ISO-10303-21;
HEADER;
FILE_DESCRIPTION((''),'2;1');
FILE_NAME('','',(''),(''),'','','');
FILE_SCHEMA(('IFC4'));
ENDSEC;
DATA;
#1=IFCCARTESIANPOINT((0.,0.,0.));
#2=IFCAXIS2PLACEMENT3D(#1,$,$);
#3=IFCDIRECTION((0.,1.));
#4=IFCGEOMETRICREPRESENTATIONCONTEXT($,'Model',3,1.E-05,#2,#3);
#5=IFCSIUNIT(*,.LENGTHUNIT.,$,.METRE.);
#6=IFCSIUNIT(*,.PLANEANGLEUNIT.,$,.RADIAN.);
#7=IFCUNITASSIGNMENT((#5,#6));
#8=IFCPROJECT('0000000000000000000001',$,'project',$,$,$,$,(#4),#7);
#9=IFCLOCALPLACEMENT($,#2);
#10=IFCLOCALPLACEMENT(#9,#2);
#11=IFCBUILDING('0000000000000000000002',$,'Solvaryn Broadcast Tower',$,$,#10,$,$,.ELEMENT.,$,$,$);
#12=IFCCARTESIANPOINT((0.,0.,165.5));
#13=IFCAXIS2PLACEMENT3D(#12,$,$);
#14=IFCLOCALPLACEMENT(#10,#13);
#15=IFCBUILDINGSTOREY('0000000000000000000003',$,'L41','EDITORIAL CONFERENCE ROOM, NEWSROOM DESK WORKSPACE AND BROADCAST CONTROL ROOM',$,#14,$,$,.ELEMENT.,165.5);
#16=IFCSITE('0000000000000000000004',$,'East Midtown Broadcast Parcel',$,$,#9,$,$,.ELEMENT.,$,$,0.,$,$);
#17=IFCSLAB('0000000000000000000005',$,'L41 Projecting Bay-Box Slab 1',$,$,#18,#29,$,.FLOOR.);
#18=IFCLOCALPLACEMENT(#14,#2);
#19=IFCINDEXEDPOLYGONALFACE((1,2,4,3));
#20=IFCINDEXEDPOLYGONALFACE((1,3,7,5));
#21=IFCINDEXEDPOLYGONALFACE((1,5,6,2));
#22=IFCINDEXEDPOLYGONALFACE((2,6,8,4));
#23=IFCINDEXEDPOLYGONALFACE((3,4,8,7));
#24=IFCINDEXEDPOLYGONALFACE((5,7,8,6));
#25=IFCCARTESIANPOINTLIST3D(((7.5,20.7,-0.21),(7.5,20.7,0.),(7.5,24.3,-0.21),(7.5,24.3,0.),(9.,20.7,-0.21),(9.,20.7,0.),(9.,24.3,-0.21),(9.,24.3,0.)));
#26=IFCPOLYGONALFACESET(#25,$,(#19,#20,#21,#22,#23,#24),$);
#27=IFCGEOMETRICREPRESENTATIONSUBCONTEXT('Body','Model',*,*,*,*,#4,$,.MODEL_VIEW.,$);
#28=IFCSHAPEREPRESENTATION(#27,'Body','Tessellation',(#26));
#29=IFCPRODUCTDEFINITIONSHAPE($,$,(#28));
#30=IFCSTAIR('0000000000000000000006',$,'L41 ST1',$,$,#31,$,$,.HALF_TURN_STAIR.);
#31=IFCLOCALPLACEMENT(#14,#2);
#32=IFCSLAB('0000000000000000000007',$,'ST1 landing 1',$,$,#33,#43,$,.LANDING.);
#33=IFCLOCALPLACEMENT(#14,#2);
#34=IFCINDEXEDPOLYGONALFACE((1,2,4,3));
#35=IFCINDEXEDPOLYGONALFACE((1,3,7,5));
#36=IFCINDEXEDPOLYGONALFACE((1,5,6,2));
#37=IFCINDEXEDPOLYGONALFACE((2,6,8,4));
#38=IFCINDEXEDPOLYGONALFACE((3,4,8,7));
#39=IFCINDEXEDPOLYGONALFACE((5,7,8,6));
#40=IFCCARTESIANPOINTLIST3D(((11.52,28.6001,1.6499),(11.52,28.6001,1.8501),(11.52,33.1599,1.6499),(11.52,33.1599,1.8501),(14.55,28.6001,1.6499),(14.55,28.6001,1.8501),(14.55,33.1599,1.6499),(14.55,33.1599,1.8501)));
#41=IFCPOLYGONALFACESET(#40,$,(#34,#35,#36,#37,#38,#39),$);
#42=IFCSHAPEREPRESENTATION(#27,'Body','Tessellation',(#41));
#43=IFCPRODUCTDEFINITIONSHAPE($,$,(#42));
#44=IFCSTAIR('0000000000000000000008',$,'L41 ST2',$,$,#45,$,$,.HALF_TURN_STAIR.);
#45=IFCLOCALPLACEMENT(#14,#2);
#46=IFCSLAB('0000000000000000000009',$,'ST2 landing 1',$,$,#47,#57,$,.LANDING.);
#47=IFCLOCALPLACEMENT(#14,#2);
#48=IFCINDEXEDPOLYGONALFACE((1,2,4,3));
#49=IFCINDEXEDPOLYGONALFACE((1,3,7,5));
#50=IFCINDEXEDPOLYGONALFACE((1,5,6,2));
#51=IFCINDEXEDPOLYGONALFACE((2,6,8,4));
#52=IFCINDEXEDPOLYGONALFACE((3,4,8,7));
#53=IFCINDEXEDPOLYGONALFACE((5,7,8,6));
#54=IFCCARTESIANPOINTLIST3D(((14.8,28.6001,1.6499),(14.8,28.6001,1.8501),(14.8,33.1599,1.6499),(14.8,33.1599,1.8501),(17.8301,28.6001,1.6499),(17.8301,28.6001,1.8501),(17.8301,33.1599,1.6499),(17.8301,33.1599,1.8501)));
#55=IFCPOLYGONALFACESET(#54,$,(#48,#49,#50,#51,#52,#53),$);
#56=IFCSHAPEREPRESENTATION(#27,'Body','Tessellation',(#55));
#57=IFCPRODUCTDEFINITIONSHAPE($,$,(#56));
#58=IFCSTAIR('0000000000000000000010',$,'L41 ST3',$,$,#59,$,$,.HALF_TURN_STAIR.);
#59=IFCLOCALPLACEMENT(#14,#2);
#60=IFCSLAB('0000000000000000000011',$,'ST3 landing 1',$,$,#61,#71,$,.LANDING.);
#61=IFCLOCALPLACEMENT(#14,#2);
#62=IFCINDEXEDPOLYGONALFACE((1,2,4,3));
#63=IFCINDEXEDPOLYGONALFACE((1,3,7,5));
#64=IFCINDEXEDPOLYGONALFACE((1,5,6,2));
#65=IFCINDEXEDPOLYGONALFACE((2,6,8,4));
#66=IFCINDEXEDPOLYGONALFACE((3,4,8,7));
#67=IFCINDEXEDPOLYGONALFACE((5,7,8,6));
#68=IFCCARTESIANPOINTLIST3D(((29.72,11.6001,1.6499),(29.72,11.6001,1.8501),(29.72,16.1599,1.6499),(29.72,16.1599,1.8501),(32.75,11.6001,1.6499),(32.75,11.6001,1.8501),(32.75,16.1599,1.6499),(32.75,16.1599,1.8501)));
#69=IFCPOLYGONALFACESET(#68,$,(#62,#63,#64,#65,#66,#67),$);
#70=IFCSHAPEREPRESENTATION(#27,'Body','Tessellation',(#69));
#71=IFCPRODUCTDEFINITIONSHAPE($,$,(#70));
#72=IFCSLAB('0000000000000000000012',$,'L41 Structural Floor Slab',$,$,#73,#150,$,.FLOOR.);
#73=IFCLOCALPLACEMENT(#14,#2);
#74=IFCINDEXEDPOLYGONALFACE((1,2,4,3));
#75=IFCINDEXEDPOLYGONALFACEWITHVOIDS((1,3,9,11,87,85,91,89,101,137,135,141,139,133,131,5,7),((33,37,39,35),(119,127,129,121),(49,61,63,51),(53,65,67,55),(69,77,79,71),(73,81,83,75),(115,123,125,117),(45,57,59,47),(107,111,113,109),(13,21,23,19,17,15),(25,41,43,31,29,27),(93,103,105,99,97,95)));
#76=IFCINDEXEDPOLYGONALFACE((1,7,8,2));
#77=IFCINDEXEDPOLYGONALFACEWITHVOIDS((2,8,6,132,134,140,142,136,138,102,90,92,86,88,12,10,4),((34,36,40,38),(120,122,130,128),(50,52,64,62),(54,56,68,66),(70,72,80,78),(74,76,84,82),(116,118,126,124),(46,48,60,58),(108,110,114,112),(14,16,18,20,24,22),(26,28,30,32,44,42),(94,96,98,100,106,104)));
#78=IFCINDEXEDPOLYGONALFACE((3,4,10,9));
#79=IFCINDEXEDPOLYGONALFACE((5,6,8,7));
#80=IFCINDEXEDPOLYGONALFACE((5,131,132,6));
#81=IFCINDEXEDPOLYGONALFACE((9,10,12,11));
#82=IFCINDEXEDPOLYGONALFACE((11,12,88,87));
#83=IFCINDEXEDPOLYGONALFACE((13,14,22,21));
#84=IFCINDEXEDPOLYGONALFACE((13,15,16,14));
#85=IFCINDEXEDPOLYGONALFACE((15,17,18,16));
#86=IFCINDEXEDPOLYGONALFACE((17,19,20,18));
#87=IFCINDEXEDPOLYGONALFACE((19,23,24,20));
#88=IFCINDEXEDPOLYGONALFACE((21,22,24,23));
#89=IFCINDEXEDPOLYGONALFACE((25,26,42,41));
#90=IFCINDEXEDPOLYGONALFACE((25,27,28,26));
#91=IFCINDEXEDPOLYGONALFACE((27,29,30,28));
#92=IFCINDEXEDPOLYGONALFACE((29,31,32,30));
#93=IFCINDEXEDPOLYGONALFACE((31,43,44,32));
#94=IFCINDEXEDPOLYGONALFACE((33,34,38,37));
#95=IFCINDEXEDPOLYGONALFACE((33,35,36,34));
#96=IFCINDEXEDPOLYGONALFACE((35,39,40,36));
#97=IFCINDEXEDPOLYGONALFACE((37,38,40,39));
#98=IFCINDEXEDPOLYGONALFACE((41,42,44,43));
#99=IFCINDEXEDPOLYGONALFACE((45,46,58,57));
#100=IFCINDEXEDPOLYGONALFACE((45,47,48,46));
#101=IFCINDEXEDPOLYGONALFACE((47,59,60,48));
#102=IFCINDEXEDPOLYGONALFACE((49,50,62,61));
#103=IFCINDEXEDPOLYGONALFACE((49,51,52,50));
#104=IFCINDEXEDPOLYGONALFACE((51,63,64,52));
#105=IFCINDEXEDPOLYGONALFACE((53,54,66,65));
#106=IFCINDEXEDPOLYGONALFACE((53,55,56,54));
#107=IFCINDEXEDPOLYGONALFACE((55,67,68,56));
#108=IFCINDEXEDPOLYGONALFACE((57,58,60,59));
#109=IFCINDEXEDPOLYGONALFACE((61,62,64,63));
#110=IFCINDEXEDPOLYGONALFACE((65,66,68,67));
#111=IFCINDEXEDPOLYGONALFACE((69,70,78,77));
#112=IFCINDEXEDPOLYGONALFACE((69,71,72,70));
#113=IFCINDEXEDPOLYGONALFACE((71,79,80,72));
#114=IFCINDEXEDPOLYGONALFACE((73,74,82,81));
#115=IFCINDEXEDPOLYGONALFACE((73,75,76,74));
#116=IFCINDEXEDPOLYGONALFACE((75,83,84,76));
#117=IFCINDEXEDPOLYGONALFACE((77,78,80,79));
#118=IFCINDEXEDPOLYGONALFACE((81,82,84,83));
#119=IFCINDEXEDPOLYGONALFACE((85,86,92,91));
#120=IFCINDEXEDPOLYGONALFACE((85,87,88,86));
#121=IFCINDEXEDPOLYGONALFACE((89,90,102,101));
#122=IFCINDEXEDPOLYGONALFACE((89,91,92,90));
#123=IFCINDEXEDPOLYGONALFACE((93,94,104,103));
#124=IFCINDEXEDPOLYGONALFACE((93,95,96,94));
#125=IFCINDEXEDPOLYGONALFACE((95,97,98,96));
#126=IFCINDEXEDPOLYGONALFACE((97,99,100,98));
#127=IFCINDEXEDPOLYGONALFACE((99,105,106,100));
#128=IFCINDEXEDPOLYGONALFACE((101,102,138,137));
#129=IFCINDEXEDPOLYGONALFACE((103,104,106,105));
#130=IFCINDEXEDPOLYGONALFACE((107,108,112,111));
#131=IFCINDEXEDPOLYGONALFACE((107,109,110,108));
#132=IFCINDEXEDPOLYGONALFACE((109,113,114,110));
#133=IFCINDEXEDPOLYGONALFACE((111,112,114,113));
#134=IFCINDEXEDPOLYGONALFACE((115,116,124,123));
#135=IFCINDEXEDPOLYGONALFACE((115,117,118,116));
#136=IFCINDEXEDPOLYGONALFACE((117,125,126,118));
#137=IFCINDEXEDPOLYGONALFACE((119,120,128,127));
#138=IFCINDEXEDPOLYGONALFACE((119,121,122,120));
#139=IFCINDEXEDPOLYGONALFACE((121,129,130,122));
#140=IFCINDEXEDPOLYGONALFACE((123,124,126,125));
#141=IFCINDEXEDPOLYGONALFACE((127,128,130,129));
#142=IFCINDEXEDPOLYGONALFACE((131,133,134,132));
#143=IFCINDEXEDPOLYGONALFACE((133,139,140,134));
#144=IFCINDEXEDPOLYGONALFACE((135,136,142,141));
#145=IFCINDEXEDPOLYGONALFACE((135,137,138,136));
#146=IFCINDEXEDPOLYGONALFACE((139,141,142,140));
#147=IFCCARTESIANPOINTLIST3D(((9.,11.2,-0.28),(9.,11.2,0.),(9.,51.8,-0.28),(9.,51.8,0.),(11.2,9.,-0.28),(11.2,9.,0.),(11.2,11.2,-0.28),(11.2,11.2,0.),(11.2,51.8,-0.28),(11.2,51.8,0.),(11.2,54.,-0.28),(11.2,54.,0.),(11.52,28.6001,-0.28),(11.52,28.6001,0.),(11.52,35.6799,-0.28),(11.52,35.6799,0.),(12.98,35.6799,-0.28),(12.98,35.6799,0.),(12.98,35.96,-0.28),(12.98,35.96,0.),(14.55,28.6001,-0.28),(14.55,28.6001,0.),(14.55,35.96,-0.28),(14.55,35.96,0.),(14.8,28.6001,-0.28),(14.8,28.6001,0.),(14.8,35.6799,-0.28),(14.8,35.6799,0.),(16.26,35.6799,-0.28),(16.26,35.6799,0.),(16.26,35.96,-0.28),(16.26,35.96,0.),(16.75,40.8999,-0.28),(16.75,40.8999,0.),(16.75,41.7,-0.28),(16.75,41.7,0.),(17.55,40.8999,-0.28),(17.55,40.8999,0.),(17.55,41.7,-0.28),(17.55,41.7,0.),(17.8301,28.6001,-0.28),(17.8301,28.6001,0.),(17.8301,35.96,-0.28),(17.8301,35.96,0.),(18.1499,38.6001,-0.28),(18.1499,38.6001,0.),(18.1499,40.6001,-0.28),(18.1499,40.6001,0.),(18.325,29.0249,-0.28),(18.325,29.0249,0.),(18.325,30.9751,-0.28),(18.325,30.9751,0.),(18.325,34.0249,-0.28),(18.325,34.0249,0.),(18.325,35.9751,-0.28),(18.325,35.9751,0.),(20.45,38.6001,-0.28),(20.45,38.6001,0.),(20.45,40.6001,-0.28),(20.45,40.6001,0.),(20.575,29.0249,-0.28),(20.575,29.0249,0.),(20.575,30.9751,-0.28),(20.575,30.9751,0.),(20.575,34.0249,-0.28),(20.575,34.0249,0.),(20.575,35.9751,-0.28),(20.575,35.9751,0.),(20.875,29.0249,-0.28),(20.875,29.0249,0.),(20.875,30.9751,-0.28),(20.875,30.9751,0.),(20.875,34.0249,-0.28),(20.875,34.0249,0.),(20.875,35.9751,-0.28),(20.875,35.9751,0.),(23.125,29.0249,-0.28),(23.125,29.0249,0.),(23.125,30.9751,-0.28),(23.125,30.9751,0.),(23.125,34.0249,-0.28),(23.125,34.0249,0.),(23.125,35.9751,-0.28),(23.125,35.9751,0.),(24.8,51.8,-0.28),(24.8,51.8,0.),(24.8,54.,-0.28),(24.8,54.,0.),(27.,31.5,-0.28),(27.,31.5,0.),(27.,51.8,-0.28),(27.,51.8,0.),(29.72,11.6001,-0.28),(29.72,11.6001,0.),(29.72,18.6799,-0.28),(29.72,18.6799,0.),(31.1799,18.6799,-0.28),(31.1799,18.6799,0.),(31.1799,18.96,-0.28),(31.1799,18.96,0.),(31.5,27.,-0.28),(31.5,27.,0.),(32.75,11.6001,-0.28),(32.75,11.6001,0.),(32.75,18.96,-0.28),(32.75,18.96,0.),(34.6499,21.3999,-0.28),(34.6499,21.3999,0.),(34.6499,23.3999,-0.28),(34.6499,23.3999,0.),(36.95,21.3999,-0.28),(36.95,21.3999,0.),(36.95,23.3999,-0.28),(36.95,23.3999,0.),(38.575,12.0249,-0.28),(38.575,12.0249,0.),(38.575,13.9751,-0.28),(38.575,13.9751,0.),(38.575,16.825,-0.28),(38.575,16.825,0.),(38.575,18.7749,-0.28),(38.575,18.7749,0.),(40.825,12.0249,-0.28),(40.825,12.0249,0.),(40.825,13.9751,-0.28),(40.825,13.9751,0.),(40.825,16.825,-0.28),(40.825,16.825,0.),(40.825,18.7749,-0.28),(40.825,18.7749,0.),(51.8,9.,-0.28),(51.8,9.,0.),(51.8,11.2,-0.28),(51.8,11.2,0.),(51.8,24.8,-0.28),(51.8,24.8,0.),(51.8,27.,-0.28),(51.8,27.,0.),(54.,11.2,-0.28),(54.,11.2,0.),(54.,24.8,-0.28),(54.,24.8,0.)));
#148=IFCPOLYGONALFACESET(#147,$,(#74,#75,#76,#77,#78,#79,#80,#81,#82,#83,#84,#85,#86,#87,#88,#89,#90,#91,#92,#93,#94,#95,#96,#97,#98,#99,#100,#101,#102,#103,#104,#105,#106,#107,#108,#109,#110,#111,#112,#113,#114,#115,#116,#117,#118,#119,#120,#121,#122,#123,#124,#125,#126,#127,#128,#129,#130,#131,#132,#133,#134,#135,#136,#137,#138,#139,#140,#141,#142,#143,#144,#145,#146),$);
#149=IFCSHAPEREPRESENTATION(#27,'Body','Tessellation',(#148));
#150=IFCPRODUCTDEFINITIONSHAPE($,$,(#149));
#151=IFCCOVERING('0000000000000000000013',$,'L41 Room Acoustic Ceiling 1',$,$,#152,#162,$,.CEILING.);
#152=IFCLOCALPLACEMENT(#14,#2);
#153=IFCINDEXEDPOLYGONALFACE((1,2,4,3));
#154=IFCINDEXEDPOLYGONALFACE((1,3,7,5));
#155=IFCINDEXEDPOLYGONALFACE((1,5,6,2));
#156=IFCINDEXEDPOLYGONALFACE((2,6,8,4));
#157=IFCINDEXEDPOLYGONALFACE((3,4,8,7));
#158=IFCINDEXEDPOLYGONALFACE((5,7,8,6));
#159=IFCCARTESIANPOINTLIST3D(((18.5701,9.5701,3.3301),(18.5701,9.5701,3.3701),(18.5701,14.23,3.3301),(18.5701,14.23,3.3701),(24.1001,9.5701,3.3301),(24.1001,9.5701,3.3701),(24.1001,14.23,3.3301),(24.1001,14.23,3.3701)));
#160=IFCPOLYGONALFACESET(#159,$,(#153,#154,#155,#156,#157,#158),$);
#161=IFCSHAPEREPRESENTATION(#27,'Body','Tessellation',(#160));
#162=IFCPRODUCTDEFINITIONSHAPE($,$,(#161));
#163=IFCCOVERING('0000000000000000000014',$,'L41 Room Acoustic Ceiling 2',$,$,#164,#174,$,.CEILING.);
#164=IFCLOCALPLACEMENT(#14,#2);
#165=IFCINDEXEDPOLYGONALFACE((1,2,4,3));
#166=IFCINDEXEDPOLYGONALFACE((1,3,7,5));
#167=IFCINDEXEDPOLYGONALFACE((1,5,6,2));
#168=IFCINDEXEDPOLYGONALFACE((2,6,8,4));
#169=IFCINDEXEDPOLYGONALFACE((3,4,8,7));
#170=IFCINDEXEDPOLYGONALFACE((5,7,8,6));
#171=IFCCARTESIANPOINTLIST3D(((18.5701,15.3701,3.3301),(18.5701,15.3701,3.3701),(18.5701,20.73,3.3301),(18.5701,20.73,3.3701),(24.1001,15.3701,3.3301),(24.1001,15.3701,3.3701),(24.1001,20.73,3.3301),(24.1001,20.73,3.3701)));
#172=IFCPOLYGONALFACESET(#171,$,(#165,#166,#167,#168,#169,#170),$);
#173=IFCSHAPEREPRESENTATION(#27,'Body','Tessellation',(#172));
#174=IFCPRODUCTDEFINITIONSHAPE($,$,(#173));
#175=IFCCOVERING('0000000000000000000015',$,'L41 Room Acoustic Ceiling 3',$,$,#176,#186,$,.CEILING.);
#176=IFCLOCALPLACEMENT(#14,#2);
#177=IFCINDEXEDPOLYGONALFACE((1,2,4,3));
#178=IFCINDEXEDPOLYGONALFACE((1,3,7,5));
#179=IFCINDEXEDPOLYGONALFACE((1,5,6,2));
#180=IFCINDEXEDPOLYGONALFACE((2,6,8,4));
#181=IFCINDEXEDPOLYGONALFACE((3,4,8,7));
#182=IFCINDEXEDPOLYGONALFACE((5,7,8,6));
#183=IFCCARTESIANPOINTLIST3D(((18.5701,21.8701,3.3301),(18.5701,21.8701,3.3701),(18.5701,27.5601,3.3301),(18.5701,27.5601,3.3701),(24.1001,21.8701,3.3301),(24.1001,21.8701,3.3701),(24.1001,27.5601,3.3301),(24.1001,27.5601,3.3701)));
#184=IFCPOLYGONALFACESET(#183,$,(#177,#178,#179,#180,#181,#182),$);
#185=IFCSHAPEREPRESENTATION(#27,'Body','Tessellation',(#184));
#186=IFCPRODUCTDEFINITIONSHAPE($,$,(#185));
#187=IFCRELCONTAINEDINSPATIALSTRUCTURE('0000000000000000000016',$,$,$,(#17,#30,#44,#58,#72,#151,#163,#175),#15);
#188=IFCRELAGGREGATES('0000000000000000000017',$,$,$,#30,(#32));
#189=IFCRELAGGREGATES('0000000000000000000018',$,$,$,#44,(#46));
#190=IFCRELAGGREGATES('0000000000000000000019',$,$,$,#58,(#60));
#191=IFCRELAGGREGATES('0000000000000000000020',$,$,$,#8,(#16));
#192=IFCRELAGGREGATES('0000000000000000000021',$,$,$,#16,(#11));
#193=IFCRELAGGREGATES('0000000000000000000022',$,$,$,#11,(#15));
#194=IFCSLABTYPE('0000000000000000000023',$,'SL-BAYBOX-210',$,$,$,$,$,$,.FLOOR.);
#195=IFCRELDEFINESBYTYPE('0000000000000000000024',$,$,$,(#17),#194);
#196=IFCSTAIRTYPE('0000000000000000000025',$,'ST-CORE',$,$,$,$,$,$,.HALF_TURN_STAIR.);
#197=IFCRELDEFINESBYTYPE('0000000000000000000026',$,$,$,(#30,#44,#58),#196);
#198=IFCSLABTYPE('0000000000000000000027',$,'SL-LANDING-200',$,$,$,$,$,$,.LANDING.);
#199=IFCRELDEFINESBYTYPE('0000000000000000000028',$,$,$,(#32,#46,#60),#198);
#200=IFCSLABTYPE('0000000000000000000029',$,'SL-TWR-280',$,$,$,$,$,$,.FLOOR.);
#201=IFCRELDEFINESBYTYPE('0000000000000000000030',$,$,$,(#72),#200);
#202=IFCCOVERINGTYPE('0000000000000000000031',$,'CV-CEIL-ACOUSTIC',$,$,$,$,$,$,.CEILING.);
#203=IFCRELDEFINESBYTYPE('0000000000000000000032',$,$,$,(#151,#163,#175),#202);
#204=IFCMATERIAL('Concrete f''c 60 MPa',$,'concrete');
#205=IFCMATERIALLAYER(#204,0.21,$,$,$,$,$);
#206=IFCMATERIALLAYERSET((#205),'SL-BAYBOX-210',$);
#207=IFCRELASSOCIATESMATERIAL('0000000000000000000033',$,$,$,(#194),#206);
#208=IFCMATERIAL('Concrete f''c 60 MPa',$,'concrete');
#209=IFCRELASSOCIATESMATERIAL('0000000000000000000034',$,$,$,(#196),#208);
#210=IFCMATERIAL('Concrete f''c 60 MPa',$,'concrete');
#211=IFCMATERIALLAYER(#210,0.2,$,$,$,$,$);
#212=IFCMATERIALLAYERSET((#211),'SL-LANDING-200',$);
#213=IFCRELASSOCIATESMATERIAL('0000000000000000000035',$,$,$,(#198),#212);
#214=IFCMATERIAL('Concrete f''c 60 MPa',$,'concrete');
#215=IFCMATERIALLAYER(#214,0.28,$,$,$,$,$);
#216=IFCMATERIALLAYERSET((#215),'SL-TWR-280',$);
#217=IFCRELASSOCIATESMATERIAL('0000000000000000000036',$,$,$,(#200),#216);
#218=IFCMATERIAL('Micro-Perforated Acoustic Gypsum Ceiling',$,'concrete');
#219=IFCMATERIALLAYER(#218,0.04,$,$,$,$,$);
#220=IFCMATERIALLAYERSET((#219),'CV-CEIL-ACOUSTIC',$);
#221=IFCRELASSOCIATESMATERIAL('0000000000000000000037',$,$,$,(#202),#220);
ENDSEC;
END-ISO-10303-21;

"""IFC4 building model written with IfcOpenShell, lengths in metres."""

from ifc_helpers import new_model, si_unit, direction, frame, origin, place, context, subcontext, project, spatial, polyline, outline, extrude, material, layer, layer_set, type_object, element, aggregate, save


model = new_model("IFC4")

# Units and contexts
model_context = context("Model", 3, precision=1e-05, world=origin(), true_north=direction((0.0, 1.0)))
body_context = subcontext(model_context, "Body", "Model", "MODEL_VIEW")
ifc_project = project(units=[si_unit("LENGTHUNIT", "METRE"), si_unit("PLANEANGLEUNIT", "RADIAN")], contexts=[model_context])

# Site, building, storey
site_placement = place(None, origin())
site = spatial("IfcSite", under=ifc_project, at=site_placement, Name="East Midtown Broadcast Parcel", CompositionType="ELEMENT", RefElevation=0.0)
building_placement = place(site_placement, origin())
building = spatial("IfcBuilding", under=site, at=building_placement, Name="Solvaryn Broadcast Tower", CompositionType="ELEMENT")
storey_placement = place(building_placement, frame((0.0, 0.0, 165.5)))
storey = spatial("IfcBuildingStorey", under=building, at=storey_placement, Name="L41", Description="EDITORIAL CONFERENCE ROOM, NEWSROOM DESK WORKSPACE AND BROADCAST CONTROL ROOM", CompositionType="ELEMENT", Elevation=165.5)

# Slab
ifc_material_1 = material(Name="Concrete f'c 60 MPa", Category="concrete")
ifc_layer_1 = layer(ifc_material_1, 0.21)
ifc_layer_set_1 = layer_set([ifc_layer_1], Name="SL-BAYBOX-210")
slab_type_1 = type_object("IfcSlabType", Name="SL-BAYBOX-210", PredefinedType="FLOOR", material=ifc_layer_set_1)
slab_1_placement = place(storey_placement, frame((0.0, 0.0, -0.21)))
element("IfcSlab", 1, at=slab_1_placement, inside=storey, type_object=slab_type_1, Name="L41 Projecting Bay-Box Slab 1", PredefinedType="FLOOR", context=body_context, shape_type="SweptSolid", body=[
    extrude(outline(polyline([(7.5, 20.7), (9.0, 20.7), (9.0, 24.3), (7.5, 24.3), (7.5, 20.7)])), origin(), (0.0, 0.0, 1.0), 0.21),
])

# Stairs, slabs
ifc_material_2 = material(Name="Concrete f'c 60 MPa", Category="concrete")
stair_type = type_object("IfcStairType", Name="ST-CORE", PredefinedType="HALF_TURN_STAIR", material=ifc_material_2)
stair_1_placement = place(storey_placement, origin())
stair_1 = element("IfcStair", 2, at=stair_1_placement, inside=storey, type_object=stair_type, Name="L41 ST1", PredefinedType="HALF_TURN_STAIR")
ifc_material_3 = material(Name="Concrete f'c 60 MPa", Category="concrete")
ifc_layer_2 = layer(ifc_material_3, 0.2)
ifc_layer_set_2 = layer_set([ifc_layer_2], Name="SL-LANDING-200")
slab_type_2 = type_object("IfcSlabType", Name="SL-LANDING-200", PredefinedType="LANDING", material=ifc_layer_set_2)
slab_2_placement = place(storey_placement, frame((0.0, 0.0, 1.6499)))
slab_2 = element("IfcSlab", 3, at=slab_2_placement, type_object=slab_type_2, Name="ST1 landing 1", PredefinedType="LANDING", context=body_context, shape_type="SweptSolid", body=[
    extrude(outline(polyline([(11.52, 33.1599), (11.52, 28.6001), (14.55, 28.6001), (14.55, 33.1599), (11.52, 33.1599)])), origin(), (0.0, 0.0, 1.0), 0.2002),
])
aggregate(stair_1, [slab_2])
stair_2_placement = place(storey_placement, origin())
stair_2 = element("IfcStair", 4, at=stair_2_placement, inside=storey, type_object=stair_type, Name="L41 ST2", PredefinedType="HALF_TURN_STAIR")
slab_3_placement = place(storey_placement, frame((0.0, 0.0, 1.6499)))
slab_3 = element("IfcSlab", 5, at=slab_3_placement, type_object=slab_type_2, Name="ST2 landing 1", PredefinedType="LANDING", context=body_context, shape_type="SweptSolid", body=[
    extrude(outline(polyline([(14.8, 33.1599), (14.8, 28.6001), (17.8301, 28.6001), (17.8301, 33.1599), (14.8, 33.1599)])), origin(), (0.0, 0.0, 1.0), 0.2002),
])
aggregate(stair_2, [slab_3])
stair_3_placement = place(storey_placement, origin())
stair_3 = element("IfcStair", 6, at=stair_3_placement, inside=storey, type_object=stair_type, Name="L41 ST3", PredefinedType="HALF_TURN_STAIR")
slab_4_placement = place(storey_placement, frame((0.0, 0.0, 1.6499)))
slab_4 = element("IfcSlab", 7, at=slab_4_placement, type_object=slab_type_2, Name="ST3 landing 1", PredefinedType="LANDING", context=body_context, shape_type="SweptSolid", body=[
    extrude(outline(polyline([(29.72, 16.1599), (29.72, 11.6001), (32.75, 11.6001), (32.75, 16.1599), (29.72, 16.1599)])), origin(), (0.0, 0.0, 1.0), 0.2002),
])
aggregate(stair_3, [slab_4])

# Slab
ifc_material_4 = material(Name="Concrete f'c 60 MPa", Category="concrete")
ifc_layer_3 = layer(ifc_material_4, 0.28)
ifc_layer_set_3 = layer_set([ifc_layer_3], Name="SL-TWR-280")
slab_type_3 = type_object("IfcSlabType", Name="SL-TWR-280", PredefinedType="FLOOR", material=ifc_layer_set_3)
slab_5_placement = place(storey_placement, frame((0.0, 0.0, -0.28)))
element("IfcSlab", 8, at=slab_5_placement, inside=storey, type_object=slab_type_3, Name="L41 Structural Floor Slab", PredefinedType="FLOOR", context=body_context, shape_type="SweptSolid", body=[
    extrude(outline(polyline([(11.2, 9.0), (51.8, 9.0), (51.8, 11.2), (54.0, 11.2), (54.0, 24.8), (51.8, 24.8), (51.8, 27.0), (31.5, 27.0), (27.0, 31.5), (27.0, 51.8), (24.8, 51.8), (24.8, 54.0), (11.2, 54.0), (11.2, 51.8), (9.0, 51.8), (9.0, 11.2), (11.2, 11.2), (11.2, 9.0)]), holes=[polyline([(11.52, 28.6001), (14.55, 28.6001), (14.55, 35.96), (12.98, 35.96), (12.98, 35.6799), (11.52, 35.6799), (11.52, 28.6001)]), polyline([(14.8, 28.6001), (17.8301, 28.6001), (17.8301, 35.96), (16.26, 35.96), (16.26, 35.6799), (14.8, 35.6799), (14.8, 28.6001)]), polyline([(29.72, 11.6001), (32.75, 11.6001), (32.75, 18.96), (31.1799, 18.96), (31.1799, 18.6799), (29.72, 18.6799), (29.72, 11.6001)]), polyline([(18.1499, 38.6001), (20.45, 38.6001), (20.45, 40.6001), (18.1499, 40.6001), (18.1499, 38.6001)]), polyline([(18.325, 29.0249), (20.575, 29.0249), (20.575, 30.9751), (18.325, 30.9751), (18.325, 29.0249)]), polyline([(20.875, 29.0249), (23.125, 29.0249), (23.125, 30.9751), (20.875, 30.9751), (20.875, 29.0249)]), polyline([(18.325, 34.0249), (20.575, 34.0249), (20.575, 35.9751), (18.325, 35.9751), (18.325, 34.0249)]), polyline([(20.875, 34.0249), (23.125, 34.0249), (23.125, 35.9751), (20.875, 35.9751), (20.875, 34.0249)]), polyline([(34.6499, 21.3999), (36.95, 21.3999), (36.95, 23.3999), (34.6499, 23.3999), (34.6499, 21.3999)]), polyline([(38.575, 12.0249), (40.825, 12.0249), (40.825, 13.9751), (38.575, 13.9751), (38.575, 12.0249)]), polyline([(38.575, 16.825), (40.825, 16.825), (40.825, 18.7749), (38.575, 18.7749), (38.575, 16.825)]), polyline([(16.75, 40.8999), (17.55, 40.8999), (17.55, 41.7), (16.75, 41.7), (16.75, 40.8999)])]), origin(), (0.0, 0.0, 1.0), 0.28),
])

# Coverings
ifc_material_5 = material(Name="Micro-Perforated Acoustic Gypsum Ceiling", Category="concrete")
ifc_layer_4 = layer(ifc_material_5, 0.04)
ifc_layer_set_4 = layer_set([ifc_layer_4], Name="CV-CEIL-ACOUSTIC")
covering_type_1 = type_object("IfcCoveringType", Name="CV-CEIL-ACOUSTIC", PredefinedType="CEILING", material=ifc_layer_set_4)
covering_1_placement = place(storey_placement, frame((0.0, 0.0, 3.3301)))
element("IfcCovering", 9, at=covering_1_placement, inside=storey, type_object=covering_type_1, Name="L41 Room Acoustic Ceiling 1", PredefinedType="CEILING", context=body_context, shape_type="SweptSolid", body=[
    extrude(outline(polyline([(18.5701, 9.5701), (24.1001, 9.5701), (24.1001, 14.23), (18.5701, 14.23), (18.5701, 9.5701)])), origin(), (0.0, 0.0, 1.0), 0.04),
])
covering_2_placement = place(storey_placement, frame((0.0, 0.0, 3.3301)))
element("IfcCovering", 10, at=covering_2_placement, inside=storey, type_object=covering_type_1, Name="L41 Room Acoustic Ceiling 2", PredefinedType="CEILING", context=body_context, shape_type="SweptSolid", body=[
    extrude(outline(polyline([(18.5701, 15.3701), (24.1001, 15.3701), (24.1001, 20.73), (18.5701, 20.73), (18.5701, 15.3701)])), origin(), (0.0, 0.0, 1.0), 0.04),
])
covering_3_placement = place(storey_placement, frame((0.0, 0.0, 3.3301)))
element("IfcCovering", 11, at=covering_3_placement, inside=storey, type_object=covering_type_1, Name="L41 Room Acoustic Ceiling 3", PredefinedType="CEILING", context=body_context, shape_type="SweptSolid", body=[
    extrude(outline(polyline([(18.5701, 21.8701), (24.1001, 21.8701), (24.1001, 27.5601), (18.5701, 27.5601), (18.5701, 21.8701)])), origin(), (0.0, 0.0, 1.0), 0.04),
])

save(model, "model.ifc")
